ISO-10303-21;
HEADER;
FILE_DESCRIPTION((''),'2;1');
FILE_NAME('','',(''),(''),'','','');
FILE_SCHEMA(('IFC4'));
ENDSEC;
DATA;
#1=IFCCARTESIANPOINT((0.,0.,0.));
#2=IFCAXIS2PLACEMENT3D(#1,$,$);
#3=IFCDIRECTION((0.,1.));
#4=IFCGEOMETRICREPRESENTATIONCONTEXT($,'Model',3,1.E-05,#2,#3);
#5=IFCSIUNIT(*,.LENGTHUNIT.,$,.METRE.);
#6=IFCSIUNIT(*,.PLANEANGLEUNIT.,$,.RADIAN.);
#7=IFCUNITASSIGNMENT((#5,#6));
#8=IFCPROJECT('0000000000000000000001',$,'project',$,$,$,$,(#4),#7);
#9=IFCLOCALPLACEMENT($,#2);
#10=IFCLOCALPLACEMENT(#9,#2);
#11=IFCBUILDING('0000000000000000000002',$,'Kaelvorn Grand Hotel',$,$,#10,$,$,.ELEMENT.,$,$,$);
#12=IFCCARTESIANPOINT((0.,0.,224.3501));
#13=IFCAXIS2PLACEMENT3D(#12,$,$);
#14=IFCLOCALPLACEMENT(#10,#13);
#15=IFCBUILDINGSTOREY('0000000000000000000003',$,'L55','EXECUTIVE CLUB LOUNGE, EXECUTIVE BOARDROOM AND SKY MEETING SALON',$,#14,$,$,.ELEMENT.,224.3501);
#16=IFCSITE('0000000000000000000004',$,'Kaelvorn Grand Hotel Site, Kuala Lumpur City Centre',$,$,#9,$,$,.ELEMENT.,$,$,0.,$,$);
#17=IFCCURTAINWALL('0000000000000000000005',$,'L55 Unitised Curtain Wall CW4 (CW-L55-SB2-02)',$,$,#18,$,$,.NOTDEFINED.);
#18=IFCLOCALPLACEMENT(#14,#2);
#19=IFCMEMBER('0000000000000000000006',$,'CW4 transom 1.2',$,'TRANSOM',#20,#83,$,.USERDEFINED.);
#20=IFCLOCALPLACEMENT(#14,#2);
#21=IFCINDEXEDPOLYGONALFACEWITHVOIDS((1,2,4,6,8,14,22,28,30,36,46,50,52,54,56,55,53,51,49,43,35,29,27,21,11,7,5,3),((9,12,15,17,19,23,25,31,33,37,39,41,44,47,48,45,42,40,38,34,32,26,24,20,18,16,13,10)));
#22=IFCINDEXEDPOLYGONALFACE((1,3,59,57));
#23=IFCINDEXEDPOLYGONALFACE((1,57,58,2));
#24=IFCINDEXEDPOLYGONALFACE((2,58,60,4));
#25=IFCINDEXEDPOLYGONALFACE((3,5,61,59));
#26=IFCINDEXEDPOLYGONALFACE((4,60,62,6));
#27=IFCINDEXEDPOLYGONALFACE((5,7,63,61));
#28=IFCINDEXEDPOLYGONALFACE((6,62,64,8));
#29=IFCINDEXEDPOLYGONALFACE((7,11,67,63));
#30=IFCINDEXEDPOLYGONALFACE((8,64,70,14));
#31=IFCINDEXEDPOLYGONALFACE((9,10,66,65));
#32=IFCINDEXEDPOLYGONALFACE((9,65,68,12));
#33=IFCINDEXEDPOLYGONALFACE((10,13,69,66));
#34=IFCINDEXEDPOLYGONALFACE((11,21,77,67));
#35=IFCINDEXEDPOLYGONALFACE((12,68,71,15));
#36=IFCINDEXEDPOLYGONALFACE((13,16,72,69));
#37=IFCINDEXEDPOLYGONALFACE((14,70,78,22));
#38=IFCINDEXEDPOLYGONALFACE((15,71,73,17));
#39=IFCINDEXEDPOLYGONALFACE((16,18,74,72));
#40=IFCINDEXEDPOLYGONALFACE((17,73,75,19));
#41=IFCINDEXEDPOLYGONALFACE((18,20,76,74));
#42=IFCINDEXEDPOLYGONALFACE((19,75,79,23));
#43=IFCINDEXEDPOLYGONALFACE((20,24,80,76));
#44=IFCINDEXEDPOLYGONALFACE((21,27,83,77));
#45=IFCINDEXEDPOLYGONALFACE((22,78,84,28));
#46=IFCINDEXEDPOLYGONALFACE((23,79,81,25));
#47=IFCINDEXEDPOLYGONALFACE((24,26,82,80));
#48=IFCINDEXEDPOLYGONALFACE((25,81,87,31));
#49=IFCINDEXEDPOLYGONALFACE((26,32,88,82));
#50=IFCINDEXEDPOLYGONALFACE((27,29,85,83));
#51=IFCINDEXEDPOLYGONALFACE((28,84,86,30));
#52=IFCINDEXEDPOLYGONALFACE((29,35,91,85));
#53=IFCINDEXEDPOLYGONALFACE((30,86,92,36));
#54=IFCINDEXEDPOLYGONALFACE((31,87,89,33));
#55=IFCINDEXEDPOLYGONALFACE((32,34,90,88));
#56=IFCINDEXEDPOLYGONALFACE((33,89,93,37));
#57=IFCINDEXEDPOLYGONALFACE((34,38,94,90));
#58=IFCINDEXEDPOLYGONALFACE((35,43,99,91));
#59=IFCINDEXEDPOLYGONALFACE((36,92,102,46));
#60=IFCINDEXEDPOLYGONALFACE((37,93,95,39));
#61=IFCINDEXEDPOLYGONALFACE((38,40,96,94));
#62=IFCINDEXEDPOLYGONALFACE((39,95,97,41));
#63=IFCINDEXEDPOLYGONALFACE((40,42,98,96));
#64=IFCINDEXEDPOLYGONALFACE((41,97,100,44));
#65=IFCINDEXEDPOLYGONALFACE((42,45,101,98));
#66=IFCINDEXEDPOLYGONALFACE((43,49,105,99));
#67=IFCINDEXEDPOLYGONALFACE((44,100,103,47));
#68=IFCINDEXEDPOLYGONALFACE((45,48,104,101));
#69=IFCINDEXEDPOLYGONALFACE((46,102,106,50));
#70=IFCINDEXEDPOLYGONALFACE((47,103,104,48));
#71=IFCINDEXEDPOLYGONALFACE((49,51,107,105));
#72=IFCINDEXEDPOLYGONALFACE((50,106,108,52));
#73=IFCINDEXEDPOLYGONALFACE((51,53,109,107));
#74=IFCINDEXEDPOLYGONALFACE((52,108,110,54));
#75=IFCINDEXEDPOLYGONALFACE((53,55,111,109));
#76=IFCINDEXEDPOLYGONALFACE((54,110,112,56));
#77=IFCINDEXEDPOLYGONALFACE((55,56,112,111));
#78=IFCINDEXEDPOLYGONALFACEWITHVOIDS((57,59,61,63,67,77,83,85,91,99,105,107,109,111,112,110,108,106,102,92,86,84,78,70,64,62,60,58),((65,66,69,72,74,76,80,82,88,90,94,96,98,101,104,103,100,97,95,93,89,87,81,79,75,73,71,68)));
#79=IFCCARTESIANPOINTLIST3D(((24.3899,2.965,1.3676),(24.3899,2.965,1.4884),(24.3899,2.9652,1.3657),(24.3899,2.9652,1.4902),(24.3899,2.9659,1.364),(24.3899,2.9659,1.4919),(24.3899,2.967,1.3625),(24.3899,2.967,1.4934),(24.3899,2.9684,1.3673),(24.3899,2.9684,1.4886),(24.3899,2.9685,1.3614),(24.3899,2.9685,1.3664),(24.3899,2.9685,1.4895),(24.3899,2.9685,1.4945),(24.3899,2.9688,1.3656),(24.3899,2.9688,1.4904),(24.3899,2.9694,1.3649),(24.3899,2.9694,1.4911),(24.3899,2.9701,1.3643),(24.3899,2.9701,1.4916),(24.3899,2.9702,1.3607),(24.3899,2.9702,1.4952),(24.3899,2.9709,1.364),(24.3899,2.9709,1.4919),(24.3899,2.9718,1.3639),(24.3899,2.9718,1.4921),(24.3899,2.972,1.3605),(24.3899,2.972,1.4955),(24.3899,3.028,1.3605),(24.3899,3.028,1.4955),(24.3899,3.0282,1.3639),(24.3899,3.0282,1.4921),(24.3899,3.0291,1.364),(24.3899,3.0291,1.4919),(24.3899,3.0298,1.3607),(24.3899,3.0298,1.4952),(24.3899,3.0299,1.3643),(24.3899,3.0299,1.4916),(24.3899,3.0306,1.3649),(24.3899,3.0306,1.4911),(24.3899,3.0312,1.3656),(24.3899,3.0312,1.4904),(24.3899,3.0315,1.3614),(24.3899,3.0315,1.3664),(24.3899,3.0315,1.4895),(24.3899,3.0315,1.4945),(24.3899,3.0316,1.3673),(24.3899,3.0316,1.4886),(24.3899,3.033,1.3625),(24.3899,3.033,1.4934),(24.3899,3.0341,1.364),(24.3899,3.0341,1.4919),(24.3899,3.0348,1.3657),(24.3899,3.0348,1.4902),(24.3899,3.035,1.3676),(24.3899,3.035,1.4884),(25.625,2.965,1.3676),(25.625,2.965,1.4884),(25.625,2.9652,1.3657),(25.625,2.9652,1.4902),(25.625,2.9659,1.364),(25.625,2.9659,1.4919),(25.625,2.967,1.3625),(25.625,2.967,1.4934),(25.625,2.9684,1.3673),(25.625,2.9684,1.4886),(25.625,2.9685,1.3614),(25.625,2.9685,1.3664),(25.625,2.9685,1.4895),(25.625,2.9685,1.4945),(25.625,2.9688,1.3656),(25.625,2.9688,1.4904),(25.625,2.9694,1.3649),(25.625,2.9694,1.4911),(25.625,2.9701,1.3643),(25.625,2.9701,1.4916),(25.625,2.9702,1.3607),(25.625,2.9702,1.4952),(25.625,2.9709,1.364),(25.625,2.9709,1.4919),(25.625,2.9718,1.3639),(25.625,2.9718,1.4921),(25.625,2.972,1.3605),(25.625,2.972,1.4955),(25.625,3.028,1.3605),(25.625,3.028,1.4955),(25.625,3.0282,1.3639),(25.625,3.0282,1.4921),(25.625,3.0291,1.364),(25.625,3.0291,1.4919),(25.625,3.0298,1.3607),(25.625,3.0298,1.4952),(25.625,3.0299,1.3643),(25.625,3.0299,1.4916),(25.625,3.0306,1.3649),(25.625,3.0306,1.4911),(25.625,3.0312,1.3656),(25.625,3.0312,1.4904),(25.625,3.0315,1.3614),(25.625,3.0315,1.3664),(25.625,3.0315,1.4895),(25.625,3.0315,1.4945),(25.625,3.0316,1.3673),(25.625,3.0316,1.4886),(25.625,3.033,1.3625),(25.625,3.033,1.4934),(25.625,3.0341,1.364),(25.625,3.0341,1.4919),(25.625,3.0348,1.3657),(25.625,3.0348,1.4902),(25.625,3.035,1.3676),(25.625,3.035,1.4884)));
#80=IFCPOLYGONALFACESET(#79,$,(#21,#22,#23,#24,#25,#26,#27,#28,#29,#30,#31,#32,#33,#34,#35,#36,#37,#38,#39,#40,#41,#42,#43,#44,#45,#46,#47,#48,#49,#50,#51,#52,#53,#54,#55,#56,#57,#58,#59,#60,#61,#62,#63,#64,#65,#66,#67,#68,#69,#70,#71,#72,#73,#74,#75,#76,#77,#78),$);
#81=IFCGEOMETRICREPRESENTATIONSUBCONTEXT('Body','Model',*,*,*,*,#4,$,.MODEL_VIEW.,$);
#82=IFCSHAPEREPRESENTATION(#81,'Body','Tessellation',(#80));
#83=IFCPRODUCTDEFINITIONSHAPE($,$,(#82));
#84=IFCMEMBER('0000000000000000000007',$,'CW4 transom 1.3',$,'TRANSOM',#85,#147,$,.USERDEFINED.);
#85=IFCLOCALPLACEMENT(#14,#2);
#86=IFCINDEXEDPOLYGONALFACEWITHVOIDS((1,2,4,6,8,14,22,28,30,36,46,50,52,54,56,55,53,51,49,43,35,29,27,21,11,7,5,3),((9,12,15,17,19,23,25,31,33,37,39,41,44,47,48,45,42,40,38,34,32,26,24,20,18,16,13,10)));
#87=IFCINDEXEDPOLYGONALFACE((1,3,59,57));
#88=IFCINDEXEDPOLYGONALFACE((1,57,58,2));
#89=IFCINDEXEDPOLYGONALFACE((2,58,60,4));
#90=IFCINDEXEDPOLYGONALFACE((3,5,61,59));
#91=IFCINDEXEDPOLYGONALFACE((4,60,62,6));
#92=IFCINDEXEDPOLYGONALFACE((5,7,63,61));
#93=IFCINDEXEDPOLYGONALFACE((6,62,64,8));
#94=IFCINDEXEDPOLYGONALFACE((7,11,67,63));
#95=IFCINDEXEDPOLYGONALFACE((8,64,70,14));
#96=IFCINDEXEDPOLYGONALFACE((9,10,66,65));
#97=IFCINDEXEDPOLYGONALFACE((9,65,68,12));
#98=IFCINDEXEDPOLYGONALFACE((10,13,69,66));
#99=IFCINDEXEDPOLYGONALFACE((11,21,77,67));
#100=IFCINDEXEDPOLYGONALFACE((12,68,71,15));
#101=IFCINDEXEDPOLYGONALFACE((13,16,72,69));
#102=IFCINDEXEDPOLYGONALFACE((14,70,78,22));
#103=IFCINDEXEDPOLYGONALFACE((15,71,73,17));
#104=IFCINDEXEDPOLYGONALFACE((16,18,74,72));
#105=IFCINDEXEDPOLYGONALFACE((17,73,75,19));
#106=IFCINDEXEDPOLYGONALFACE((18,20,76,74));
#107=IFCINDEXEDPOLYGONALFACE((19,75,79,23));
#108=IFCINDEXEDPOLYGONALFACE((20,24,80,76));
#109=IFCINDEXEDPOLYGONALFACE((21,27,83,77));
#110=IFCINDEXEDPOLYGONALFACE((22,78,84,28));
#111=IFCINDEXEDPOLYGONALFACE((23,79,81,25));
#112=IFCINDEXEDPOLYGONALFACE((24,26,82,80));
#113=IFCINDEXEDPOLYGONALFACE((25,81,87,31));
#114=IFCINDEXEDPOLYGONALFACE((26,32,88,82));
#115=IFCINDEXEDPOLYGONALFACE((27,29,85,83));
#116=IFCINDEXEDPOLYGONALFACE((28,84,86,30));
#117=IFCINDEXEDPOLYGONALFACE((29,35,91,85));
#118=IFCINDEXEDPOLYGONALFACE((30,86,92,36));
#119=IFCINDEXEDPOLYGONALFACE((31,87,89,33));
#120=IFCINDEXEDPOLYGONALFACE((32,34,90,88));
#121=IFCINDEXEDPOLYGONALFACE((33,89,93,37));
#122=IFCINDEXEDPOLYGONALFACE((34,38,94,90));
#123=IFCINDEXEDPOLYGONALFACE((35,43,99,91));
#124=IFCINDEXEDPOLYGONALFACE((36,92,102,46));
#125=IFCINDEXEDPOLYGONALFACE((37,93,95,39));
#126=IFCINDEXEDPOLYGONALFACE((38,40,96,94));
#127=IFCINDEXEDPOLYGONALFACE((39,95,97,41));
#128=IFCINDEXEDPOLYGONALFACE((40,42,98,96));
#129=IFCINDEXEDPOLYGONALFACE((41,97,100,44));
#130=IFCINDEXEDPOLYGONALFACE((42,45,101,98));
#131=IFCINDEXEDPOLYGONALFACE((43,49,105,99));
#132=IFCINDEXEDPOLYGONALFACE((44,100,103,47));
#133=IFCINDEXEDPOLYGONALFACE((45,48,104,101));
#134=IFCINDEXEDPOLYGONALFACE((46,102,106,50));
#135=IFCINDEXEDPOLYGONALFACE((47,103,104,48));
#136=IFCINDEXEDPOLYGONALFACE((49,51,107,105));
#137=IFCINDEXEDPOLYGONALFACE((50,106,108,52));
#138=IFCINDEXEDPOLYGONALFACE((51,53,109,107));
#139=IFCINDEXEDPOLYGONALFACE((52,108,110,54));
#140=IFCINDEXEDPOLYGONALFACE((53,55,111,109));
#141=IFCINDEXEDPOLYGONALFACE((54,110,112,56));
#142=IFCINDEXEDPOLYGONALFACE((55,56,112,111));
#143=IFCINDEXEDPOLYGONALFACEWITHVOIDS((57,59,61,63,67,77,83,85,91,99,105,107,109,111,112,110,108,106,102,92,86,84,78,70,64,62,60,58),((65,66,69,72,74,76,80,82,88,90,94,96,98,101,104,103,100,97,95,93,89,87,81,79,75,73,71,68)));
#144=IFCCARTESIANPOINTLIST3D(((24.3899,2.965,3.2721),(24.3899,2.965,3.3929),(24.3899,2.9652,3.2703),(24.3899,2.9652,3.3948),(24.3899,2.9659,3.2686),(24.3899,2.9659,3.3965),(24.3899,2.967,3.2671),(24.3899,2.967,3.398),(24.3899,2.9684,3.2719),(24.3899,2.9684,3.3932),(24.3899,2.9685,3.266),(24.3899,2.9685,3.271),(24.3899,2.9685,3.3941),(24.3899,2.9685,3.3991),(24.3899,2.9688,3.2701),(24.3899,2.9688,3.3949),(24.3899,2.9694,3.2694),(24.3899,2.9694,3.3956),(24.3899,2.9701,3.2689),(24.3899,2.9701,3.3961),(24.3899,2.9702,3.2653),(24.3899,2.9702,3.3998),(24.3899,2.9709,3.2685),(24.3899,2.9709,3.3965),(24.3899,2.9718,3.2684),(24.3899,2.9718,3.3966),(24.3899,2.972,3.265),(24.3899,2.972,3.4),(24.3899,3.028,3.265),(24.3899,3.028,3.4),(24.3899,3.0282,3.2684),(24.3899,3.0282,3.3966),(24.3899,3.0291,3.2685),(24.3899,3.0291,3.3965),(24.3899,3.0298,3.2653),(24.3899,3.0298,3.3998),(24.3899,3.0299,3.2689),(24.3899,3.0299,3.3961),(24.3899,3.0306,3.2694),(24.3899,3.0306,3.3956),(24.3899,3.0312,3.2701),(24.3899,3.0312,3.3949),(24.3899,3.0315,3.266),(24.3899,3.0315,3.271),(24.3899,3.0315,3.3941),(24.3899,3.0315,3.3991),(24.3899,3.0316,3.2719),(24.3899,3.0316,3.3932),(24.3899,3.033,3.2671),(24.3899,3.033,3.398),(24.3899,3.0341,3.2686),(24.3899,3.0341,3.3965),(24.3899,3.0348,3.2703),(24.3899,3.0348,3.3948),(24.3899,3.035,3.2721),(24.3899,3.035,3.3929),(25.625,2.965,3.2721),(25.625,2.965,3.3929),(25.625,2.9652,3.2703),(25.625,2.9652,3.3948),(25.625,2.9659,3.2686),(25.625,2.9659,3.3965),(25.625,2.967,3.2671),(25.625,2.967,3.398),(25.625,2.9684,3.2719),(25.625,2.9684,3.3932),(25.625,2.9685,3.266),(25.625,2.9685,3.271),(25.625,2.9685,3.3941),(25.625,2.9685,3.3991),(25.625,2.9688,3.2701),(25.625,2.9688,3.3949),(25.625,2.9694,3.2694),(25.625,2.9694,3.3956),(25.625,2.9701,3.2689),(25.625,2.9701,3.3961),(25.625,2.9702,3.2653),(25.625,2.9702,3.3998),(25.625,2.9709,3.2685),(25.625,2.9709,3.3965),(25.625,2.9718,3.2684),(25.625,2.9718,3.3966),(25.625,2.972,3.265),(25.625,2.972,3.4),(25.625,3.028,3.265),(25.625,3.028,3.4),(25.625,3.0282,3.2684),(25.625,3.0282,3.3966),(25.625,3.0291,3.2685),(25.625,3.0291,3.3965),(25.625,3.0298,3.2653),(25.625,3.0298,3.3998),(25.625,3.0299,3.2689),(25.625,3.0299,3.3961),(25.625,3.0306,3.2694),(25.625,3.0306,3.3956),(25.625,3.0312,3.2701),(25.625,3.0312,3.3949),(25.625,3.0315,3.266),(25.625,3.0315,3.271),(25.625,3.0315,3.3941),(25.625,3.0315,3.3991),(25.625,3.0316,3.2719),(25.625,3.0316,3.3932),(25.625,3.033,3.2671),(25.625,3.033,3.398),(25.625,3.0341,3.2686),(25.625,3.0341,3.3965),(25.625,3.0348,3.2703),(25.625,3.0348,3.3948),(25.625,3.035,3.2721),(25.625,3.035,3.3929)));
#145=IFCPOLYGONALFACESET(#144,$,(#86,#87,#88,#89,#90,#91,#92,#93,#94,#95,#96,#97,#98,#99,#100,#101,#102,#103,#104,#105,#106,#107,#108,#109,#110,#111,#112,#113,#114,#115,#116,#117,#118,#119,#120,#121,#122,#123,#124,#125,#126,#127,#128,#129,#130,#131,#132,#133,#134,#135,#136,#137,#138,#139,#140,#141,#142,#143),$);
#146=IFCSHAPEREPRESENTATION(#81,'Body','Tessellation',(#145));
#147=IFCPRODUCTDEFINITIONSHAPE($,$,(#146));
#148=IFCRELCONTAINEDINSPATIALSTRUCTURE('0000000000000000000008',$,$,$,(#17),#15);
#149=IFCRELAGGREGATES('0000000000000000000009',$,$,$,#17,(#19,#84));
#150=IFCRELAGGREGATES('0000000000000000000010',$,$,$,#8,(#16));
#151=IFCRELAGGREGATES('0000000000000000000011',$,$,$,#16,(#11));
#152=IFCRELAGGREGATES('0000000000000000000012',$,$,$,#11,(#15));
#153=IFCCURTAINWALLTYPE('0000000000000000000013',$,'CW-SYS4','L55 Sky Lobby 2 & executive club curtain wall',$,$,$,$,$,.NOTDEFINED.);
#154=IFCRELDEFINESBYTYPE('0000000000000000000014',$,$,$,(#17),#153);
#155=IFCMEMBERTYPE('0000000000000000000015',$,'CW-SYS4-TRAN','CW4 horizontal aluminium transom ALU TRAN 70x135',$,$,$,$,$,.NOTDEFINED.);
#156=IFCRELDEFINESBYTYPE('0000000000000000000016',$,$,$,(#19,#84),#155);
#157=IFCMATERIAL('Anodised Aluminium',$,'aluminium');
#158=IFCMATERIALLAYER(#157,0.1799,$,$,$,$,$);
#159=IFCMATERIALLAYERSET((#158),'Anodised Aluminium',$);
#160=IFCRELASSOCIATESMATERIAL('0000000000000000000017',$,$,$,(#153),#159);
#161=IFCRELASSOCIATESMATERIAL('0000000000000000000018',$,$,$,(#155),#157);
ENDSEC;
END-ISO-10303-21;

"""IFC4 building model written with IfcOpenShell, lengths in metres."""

from ifc_helpers import new_model, si_unit, direction, frame, origin, origin_2d, place, context, subcontext, project, spatial, hollow_rectangle, extrude, material, layer, layer_set, material_profile, profile_set, type_object, element, aggregate, save


model = new_model("IFC4")

# Units and contexts
model_context = context("Model", 3, precision=1e-05, world=origin(), true_north=direction((0.0, 1.0)))
body_context = subcontext(model_context, "Body", "Model", "MODEL_VIEW")
ifc_project = project(units=[si_unit("LENGTHUNIT", "METRE"), si_unit("PLANEANGLEUNIT", "RADIAN")], contexts=[model_context])

# Site, building, storey
site_placement = place(None, origin())
site = spatial("IfcSite", under=ifc_project, at=site_placement, Name="Kaelvorn Grand Hotel Site, Kuala Lumpur City Centre", CompositionType="ELEMENT", RefElevation=0.0)
building_placement = place(site_placement, origin())
building = spatial("IfcBuilding", under=site, at=building_placement, Name="Kaelvorn Grand Hotel", CompositionType="ELEMENT")
storey_placement = place(building_placement, frame((0.0, 0.0, 224.3501)))
storey = spatial("IfcBuildingStorey", under=building, at=storey_placement, Name="L55", Description="EXECUTIVE CLUB LOUNGE, EXECUTIVE BOARDROOM AND SKY MEETING SALON", CompositionType="ELEMENT", Elevation=224.3501)

# Curtain wall, members
ifc_material_1 = material(Name="Anodised Aluminium", Category="aluminium")
ifc_layer_1 = layer(ifc_material_1, 0.1799)
ifc_layer_set_1 = layer_set([ifc_layer_1], Name="Anodised Aluminium")
curtain_wall_type = type_object("IfcCurtainWallType", Name="CW-SYS4", Description="L55 Sky Lobby 2 & executive club curtain wall", PredefinedType="NOTDEFINED", material=ifc_layer_set_1)
curtain_wall_placement = place(storey_placement, origin())
curtain_wall = element("IfcCurtainWall", 1, at=curtain_wall_placement, inside=storey, type_object=curtain_wall_type, Name="L55 Unitised Curtain Wall CW4 (CW-L55-SB2-02)", PredefinedType="NOTDEFINED")
ifc_material_profile_1 = material_profile(ifc_material_1, hollow_rectangle(XDim=0.0701, YDim=0.135, WallThickness=0.0034, InnerFilletRadius=0.0034, OuterFilletRadius=0.0071, at=origin_2d()), Name="ALU TRAN 70x135")
ifc_profile_set_1 = profile_set([ifc_material_profile_1], Name="Anodised Aluminium")
member_type_1 = type_object("IfcMemberType", Name="CW-SYS4-TRAN", Description="CW4 horizontal aluminium transom ALU TRAN 70x135", PredefinedType="NOTDEFINED", material=ifc_profile_set_1)
member_1_placement = place(storey_placement, frame((24.3899, 3.0, 1.428), z_axis=(1.0, 0.0, 0.0), x_axis=(0.0, 1.0, 0.0)))
member_1 = element("IfcMember", 2, at=member_1_placement, type_object=member_type_1, Name="CW4 transom 1.2", ObjectType="TRANSOM", PredefinedType="USERDEFINED", context=body_context, shape_type="SweptSolid", body=[
    extrude(hollow_rectangle(XDim=0.0701, YDim=0.135, WallThickness=0.0034, InnerFilletRadius=0.0034, OuterFilletRadius=0.0071, at=origin_2d()), origin(), (0.0, 0.0, 1.0), 1.2351),
])
member_2_placement = place(storey_placement, frame((24.3899, 3.0, 3.3325), z_axis=(1.0, 0.0, 0.0), x_axis=(0.0, 1.0, 0.0)))
member_2 = element("IfcMember", 3, at=member_2_placement, type_object=member_type_1, Name="CW4 transom 1.3", ObjectType="TRANSOM", PredefinedType="USERDEFINED", context=body_context, shape_type="SweptSolid", body=[
    extrude(hollow_rectangle(XDim=0.0701, YDim=0.135, WallThickness=0.0034, InnerFilletRadius=0.0034, OuterFilletRadius=0.0071, at=origin_2d()), origin(), (0.0, 0.0, 1.0), 1.2351),
])
aggregate(curtain_wall, [member_1, member_2])

save(model, "model.ifc")
